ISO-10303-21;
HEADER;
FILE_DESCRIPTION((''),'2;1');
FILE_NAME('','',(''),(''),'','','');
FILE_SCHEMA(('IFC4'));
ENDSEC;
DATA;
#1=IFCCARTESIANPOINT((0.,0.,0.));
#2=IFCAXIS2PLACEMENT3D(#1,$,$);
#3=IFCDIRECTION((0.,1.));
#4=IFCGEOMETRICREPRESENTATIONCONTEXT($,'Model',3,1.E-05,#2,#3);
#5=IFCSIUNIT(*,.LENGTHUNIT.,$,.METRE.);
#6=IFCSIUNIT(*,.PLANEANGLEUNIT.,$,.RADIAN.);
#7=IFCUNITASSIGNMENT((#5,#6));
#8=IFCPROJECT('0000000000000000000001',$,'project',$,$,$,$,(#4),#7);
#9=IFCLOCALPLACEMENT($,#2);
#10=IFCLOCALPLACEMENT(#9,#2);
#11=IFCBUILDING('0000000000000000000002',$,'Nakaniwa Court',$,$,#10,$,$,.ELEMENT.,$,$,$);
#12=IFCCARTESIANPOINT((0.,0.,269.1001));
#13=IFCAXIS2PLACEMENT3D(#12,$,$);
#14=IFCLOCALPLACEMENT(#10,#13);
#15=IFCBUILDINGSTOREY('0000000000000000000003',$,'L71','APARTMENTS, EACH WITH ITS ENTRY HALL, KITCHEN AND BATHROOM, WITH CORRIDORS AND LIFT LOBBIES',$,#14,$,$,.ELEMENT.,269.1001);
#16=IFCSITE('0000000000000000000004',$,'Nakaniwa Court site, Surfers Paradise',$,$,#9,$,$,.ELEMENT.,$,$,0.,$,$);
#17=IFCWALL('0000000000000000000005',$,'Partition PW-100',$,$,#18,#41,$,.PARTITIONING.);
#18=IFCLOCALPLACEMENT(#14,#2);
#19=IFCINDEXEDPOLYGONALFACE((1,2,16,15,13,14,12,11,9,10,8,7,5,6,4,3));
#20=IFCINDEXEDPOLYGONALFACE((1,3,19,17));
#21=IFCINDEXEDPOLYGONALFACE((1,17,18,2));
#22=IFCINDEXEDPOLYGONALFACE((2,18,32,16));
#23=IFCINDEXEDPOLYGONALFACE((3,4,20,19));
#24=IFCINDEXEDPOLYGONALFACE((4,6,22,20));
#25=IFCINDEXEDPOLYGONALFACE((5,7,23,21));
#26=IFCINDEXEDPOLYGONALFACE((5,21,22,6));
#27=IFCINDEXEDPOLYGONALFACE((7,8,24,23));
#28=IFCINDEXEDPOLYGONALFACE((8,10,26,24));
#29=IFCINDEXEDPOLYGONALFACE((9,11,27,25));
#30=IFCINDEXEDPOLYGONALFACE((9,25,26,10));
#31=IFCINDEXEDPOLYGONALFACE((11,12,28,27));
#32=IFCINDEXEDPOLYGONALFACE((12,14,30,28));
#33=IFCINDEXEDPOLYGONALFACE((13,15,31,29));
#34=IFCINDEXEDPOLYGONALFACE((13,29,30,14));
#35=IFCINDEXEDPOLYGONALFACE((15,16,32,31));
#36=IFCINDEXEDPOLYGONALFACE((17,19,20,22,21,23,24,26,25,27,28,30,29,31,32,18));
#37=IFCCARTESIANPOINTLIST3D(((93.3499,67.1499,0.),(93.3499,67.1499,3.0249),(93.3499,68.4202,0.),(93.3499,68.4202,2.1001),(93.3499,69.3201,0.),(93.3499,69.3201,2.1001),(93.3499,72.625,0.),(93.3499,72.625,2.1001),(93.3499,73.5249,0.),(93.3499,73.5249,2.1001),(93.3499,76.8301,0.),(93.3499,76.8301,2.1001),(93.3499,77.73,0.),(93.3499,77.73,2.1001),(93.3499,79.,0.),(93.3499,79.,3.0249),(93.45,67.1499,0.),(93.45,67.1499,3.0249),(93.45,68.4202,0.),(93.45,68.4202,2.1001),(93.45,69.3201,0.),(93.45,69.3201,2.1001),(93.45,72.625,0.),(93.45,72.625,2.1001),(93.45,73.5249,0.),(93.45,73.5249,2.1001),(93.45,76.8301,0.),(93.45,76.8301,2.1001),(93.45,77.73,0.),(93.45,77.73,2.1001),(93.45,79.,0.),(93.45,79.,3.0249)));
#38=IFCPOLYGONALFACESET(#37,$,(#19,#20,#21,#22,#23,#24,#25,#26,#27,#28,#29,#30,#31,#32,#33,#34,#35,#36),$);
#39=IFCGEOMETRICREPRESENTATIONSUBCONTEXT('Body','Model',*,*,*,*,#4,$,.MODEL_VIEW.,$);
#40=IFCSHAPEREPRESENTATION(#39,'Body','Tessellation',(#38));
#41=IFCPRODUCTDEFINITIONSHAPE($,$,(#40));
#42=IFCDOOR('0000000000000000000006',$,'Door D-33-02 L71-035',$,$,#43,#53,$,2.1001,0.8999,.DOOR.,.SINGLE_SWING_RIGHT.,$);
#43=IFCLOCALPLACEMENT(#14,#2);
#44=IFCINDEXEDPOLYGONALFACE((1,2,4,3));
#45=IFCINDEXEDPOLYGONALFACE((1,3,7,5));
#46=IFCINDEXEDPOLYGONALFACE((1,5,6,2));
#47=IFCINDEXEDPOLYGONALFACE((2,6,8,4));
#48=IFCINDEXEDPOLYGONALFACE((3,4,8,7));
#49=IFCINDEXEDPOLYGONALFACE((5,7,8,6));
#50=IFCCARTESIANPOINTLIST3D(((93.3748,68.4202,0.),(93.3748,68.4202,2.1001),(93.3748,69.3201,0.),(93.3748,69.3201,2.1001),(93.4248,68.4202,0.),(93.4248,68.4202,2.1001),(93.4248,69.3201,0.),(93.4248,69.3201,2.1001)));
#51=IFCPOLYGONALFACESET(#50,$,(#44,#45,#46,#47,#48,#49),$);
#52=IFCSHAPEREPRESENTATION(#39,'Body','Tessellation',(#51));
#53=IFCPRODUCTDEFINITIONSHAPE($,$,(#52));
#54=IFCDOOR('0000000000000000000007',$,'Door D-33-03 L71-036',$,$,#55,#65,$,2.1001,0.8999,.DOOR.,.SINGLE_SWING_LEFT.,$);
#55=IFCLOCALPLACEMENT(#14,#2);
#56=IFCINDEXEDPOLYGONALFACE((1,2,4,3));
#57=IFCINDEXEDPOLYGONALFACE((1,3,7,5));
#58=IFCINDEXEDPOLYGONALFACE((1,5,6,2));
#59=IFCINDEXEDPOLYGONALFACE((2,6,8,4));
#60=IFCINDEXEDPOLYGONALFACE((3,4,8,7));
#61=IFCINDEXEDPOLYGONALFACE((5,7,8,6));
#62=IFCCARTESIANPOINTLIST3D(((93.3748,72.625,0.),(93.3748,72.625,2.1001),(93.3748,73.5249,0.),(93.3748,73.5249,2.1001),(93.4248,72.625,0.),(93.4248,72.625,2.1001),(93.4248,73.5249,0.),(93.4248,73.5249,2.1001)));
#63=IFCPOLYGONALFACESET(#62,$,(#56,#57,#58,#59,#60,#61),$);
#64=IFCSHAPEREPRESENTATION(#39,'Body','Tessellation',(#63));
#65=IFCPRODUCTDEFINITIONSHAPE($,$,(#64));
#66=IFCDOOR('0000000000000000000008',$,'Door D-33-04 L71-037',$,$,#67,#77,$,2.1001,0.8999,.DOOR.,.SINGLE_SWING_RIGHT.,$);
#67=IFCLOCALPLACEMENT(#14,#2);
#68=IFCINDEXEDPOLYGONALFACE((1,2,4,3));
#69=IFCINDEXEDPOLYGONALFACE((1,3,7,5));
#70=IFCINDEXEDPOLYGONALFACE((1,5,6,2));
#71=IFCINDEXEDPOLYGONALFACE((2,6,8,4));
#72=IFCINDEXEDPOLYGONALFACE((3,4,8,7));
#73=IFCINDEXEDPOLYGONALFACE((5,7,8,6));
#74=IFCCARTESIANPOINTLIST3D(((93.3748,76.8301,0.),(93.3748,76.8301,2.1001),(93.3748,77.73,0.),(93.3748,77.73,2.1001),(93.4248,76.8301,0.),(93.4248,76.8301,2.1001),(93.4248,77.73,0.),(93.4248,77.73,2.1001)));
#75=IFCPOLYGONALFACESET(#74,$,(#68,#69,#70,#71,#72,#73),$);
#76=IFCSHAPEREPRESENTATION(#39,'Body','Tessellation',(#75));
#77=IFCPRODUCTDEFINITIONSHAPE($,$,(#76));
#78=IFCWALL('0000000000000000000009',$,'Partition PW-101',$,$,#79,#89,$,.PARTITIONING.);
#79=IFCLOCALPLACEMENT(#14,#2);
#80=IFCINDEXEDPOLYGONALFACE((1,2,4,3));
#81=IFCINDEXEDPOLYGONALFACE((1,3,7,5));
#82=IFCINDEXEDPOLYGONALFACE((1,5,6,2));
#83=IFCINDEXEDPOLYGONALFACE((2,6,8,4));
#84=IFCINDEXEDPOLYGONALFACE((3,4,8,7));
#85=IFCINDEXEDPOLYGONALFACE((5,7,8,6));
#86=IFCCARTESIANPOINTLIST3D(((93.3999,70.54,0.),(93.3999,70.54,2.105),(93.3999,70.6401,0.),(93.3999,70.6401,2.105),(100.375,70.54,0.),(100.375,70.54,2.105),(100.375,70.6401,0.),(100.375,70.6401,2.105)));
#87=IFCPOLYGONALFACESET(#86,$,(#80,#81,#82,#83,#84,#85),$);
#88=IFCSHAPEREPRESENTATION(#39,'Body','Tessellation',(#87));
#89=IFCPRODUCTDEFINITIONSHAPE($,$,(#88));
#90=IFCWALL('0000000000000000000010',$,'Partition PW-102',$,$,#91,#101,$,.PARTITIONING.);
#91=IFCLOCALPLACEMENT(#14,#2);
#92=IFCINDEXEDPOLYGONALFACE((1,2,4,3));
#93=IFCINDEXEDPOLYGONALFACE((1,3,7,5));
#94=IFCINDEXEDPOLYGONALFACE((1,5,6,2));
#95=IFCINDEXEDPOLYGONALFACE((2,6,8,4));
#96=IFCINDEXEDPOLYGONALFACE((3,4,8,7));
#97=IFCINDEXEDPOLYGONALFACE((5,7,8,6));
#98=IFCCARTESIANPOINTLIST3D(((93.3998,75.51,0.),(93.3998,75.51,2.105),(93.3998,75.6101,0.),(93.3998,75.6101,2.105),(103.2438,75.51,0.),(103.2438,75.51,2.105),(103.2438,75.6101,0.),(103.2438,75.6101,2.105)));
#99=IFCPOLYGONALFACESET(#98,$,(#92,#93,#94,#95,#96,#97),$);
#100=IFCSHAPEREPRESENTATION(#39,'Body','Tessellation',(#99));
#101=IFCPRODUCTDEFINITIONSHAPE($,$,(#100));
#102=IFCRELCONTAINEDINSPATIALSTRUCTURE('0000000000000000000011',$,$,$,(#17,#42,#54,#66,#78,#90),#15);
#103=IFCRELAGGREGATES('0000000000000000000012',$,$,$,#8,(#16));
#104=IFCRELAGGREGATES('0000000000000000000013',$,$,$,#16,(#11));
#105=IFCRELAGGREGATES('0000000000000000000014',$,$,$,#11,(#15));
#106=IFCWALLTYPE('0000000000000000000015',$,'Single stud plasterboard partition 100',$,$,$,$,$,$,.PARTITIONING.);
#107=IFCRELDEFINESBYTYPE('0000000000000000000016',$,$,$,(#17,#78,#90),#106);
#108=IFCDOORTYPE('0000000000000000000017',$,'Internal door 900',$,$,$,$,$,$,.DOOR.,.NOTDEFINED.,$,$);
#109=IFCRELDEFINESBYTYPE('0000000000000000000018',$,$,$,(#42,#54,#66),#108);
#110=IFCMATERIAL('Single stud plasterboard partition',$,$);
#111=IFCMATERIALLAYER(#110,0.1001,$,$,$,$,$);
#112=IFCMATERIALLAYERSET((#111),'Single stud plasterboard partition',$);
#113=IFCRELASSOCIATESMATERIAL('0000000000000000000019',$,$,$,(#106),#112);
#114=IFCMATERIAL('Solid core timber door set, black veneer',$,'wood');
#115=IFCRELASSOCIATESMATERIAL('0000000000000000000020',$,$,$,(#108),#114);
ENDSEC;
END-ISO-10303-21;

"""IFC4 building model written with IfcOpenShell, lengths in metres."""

from ifc_helpers import new_model, si_unit, direction, frame, frame_2d, origin, place, context, subcontext, project, spatial, rectangle, extrude, material, layer, layer_set, type_object, element, fill, save


model = new_model("IFC4")

# Units and contexts
model_context = context("Model", 3, precision=1e-05, world=origin(), true_north=direction((0.0, 1.0)))
body_context = subcontext(model_context, "Body", "Model", "MODEL_VIEW")
ifc_project = project(units=[si_unit("LENGTHUNIT", "METRE"), si_unit("PLANEANGLEUNIT", "RADIAN")], contexts=[model_context])

# Site, building, storey
site_placement = place(None, origin())
site = spatial("IfcSite", under=ifc_project, at=site_placement, Name="Nakaniwa Court site, Surfers Paradise", CompositionType="ELEMENT", RefElevation=0.0)
building_placement = place(site_placement, origin())
building = spatial("IfcBuilding", under=site, at=building_placement, Name="Nakaniwa Court", CompositionType="ELEMENT")
storey_placement = place(building_placement, frame((0.0, 0.0, 269.1001)))
storey = spatial("IfcBuildingStorey", under=building, at=storey_placement, Name="L71", Description="APARTMENTS, EACH WITH ITS ENTRY HALL, KITCHEN AND BATHROOM, WITH CORRIDORS AND LIFT LOBBIES", CompositionType="ELEMENT", Elevation=269.1001)

# Shared definitions
ifc_material_1 = material(Name="Single stud plasterboard partition")
ifc_layer_1 = layer(ifc_material_1, 0.1001)
ifc_layer_set_1 = layer_set([ifc_layer_1], Name="Single stud plasterboard partition")
wall_type_1 = type_object("IfcWallType", Name="Single stud plasterboard partition 100", PredefinedType="PARTITIONING", material=ifc_layer_set_1)

# Wall, openings, doors
ifc_material_2 = material(Name="Solid core timber door set, black veneer", Category="wood")
door_type_1 = type_object("IfcDoorType", Name="Internal door 900", OperationType="NOTDEFINED", PredefinedType="DOOR", material=ifc_material_2)
wall_1_placement = place(storey_placement, frame((93.3999, 79.0, 0.0), z_axis=(0.0, 0.0, 1.0), x_axis=(0.0, -1.0, 0.0)))
wall_1 = element("IfcWall", 1, at=wall_1_placement, inside=storey, type_object=wall_type_1, Name="Partition PW-100", PredefinedType="PARTITIONING", context=body_context, shape_type="SweptSolid", body=[
    extrude(rectangle(XDim=11.8501, YDim=0.1001, at=frame_2d((5.925, 0.0))), origin(), (0.0, 0.0, 1.0), 3.0249),
])
opening_1_placement = place(wall_1_placement, frame((9.6799, 0.0, 0.0)))
opening_1 = element("IfcOpeningElement", 2, at=opening_1_placement, cuts=wall_1, PredefinedType="OPENING", context=body_context, shape_type="SweptSolid", body=[
    extrude(rectangle(XDim=0.8999, YDim=2.1001, at=frame_2d((0.45, 1.05))), frame((0.0, 0.0601, 0.0), z_axis=(0.0, -1.0, 0.0), x_axis=(1.0, 0.0, 0.0)), (0.0, 0.0, 1.0), 0.1201),
])
opening_2_placement = place(wall_1_placement, frame((5.4751, 0.0, 0.0)))
opening_2 = element("IfcOpeningElement", 3, at=opening_2_placement, cuts=wall_1, PredefinedType="OPENING", context=body_context, shape_type="SweptSolid", body=[
    extrude(rectangle(XDim=0.8999, YDim=2.1001, at=frame_2d((0.45, 1.05))), frame((0.0, 0.0601, 0.0), z_axis=(0.0, -1.0, 0.0), x_axis=(1.0, 0.0, 0.0)), (0.0, 0.0, 1.0), 0.1201),
])
opening_3_placement = place(wall_1_placement, frame((1.27, 0.0, 0.0)))
opening_3 = element("IfcOpeningElement", 4, at=opening_3_placement, cuts=wall_1, PredefinedType="OPENING", context=body_context, shape_type="SweptSolid", body=[
    extrude(rectangle(XDim=0.8999, YDim=2.1001, at=frame_2d((0.45, 1.05))), frame((0.0, 0.0601, 0.0), z_axis=(0.0, -1.0, 0.0), x_axis=(1.0, 0.0, 0.0)), (0.0, 0.0, 1.0), 0.1201),
])
door_1_placement = place(opening_1_placement, origin())
door_1 = element("IfcDoor", 5, at=door_1_placement, inside=storey, type_object=door_type_1, Name="Door D-33-02 L71-035", OperationType="SINGLE_SWING_RIGHT", OverallHeight=2.1001, OverallWidth=0.8999, PredefinedType="DOOR", context=body_context, shape_type="SweptSolid", body=[
    extrude(rectangle(XDim=0.8999, YDim=2.1001, at=frame_2d((0.45, 1.05))), frame((0.0, 0.0249, 0.0), z_axis=(0.0, -1.0, 0.0), x_axis=(1.0, 0.0, 0.0)), (0.0, 0.0, 1.0), 0.05),
])
fill(opening_1, door_1)
door_2_placement = place(opening_2_placement, origin())
door_2 = element("IfcDoor", 6, at=door_2_placement, inside=storey, type_object=door_type_1, Name="Door D-33-03 L71-036", OperationType="SINGLE_SWING_LEFT", OverallHeight=2.1001, OverallWidth=0.8999, PredefinedType="DOOR", context=body_context, shape_type="SweptSolid", body=[
    extrude(rectangle(XDim=0.8999, YDim=2.1001, at=frame_2d((0.45, 1.05))), frame((0.0, 0.0249, 0.0), z_axis=(0.0, -1.0, 0.0), x_axis=(1.0, 0.0, 0.0)), (0.0, 0.0, 1.0), 0.05),
])
fill(opening_2, door_2)
door_3_placement = place(opening_3_placement, origin())
door_3 = element("IfcDoor", 7, at=door_3_placement, inside=storey, type_object=door_type_1, Name="Door D-33-04 L71-037", OperationType="SINGLE_SWING_RIGHT", OverallHeight=2.1001, OverallWidth=0.8999, PredefinedType="DOOR", context=body_context, shape_type="SweptSolid", body=[
    extrude(rectangle(XDim=0.8999, YDim=2.1001, at=frame_2d((0.45, 1.05))), frame((0.0, 0.0249, 0.0), z_axis=(0.0, -1.0, 0.0), x_axis=(1.0, 0.0, 0.0)), (0.0, 0.0, 1.0), 0.05),
])
fill(opening_3, door_3)

# Walls
wall_2_placement = place(storey_placement, frame((93.3999, 70.5901, 0.0), z_axis=(0.0, 0.0, 1.0), x_axis=(1.0, 0.0, 0.0)))
element("IfcWall", 8, at=wall_2_placement, inside=storey, type_object=wall_type_1, Name="Partition PW-101", PredefinedType="PARTITIONING", context=body_context, shape_type="SweptSolid", body=[
    extrude(rectangle(XDim=6.9751, YDim=0.1001, at=frame_2d((3.4875, 0.0))), origin(), (0.0, 0.0, 1.0), 2.105),
])
wall_3_placement = place(storey_placement, frame((93.3999, 75.5601, 0.0), z_axis=(0.0, 0.0, 1.0), x_axis=(1.0, 0.0, 0.0)))
element("IfcWall", 9, at=wall_3_placement, inside=storey, type_object=wall_type_1, Name="Partition PW-102", PredefinedType="PARTITIONING", context=body_context, shape_type="SweptSolid", body=[
    extrude(rectangle(XDim=9.844, YDim=0.1001, at=frame_2d((4.9219, 0.0))), origin(), (0.0, 0.0, 1.0), 2.105),
])

save(model, "model.ifc")
